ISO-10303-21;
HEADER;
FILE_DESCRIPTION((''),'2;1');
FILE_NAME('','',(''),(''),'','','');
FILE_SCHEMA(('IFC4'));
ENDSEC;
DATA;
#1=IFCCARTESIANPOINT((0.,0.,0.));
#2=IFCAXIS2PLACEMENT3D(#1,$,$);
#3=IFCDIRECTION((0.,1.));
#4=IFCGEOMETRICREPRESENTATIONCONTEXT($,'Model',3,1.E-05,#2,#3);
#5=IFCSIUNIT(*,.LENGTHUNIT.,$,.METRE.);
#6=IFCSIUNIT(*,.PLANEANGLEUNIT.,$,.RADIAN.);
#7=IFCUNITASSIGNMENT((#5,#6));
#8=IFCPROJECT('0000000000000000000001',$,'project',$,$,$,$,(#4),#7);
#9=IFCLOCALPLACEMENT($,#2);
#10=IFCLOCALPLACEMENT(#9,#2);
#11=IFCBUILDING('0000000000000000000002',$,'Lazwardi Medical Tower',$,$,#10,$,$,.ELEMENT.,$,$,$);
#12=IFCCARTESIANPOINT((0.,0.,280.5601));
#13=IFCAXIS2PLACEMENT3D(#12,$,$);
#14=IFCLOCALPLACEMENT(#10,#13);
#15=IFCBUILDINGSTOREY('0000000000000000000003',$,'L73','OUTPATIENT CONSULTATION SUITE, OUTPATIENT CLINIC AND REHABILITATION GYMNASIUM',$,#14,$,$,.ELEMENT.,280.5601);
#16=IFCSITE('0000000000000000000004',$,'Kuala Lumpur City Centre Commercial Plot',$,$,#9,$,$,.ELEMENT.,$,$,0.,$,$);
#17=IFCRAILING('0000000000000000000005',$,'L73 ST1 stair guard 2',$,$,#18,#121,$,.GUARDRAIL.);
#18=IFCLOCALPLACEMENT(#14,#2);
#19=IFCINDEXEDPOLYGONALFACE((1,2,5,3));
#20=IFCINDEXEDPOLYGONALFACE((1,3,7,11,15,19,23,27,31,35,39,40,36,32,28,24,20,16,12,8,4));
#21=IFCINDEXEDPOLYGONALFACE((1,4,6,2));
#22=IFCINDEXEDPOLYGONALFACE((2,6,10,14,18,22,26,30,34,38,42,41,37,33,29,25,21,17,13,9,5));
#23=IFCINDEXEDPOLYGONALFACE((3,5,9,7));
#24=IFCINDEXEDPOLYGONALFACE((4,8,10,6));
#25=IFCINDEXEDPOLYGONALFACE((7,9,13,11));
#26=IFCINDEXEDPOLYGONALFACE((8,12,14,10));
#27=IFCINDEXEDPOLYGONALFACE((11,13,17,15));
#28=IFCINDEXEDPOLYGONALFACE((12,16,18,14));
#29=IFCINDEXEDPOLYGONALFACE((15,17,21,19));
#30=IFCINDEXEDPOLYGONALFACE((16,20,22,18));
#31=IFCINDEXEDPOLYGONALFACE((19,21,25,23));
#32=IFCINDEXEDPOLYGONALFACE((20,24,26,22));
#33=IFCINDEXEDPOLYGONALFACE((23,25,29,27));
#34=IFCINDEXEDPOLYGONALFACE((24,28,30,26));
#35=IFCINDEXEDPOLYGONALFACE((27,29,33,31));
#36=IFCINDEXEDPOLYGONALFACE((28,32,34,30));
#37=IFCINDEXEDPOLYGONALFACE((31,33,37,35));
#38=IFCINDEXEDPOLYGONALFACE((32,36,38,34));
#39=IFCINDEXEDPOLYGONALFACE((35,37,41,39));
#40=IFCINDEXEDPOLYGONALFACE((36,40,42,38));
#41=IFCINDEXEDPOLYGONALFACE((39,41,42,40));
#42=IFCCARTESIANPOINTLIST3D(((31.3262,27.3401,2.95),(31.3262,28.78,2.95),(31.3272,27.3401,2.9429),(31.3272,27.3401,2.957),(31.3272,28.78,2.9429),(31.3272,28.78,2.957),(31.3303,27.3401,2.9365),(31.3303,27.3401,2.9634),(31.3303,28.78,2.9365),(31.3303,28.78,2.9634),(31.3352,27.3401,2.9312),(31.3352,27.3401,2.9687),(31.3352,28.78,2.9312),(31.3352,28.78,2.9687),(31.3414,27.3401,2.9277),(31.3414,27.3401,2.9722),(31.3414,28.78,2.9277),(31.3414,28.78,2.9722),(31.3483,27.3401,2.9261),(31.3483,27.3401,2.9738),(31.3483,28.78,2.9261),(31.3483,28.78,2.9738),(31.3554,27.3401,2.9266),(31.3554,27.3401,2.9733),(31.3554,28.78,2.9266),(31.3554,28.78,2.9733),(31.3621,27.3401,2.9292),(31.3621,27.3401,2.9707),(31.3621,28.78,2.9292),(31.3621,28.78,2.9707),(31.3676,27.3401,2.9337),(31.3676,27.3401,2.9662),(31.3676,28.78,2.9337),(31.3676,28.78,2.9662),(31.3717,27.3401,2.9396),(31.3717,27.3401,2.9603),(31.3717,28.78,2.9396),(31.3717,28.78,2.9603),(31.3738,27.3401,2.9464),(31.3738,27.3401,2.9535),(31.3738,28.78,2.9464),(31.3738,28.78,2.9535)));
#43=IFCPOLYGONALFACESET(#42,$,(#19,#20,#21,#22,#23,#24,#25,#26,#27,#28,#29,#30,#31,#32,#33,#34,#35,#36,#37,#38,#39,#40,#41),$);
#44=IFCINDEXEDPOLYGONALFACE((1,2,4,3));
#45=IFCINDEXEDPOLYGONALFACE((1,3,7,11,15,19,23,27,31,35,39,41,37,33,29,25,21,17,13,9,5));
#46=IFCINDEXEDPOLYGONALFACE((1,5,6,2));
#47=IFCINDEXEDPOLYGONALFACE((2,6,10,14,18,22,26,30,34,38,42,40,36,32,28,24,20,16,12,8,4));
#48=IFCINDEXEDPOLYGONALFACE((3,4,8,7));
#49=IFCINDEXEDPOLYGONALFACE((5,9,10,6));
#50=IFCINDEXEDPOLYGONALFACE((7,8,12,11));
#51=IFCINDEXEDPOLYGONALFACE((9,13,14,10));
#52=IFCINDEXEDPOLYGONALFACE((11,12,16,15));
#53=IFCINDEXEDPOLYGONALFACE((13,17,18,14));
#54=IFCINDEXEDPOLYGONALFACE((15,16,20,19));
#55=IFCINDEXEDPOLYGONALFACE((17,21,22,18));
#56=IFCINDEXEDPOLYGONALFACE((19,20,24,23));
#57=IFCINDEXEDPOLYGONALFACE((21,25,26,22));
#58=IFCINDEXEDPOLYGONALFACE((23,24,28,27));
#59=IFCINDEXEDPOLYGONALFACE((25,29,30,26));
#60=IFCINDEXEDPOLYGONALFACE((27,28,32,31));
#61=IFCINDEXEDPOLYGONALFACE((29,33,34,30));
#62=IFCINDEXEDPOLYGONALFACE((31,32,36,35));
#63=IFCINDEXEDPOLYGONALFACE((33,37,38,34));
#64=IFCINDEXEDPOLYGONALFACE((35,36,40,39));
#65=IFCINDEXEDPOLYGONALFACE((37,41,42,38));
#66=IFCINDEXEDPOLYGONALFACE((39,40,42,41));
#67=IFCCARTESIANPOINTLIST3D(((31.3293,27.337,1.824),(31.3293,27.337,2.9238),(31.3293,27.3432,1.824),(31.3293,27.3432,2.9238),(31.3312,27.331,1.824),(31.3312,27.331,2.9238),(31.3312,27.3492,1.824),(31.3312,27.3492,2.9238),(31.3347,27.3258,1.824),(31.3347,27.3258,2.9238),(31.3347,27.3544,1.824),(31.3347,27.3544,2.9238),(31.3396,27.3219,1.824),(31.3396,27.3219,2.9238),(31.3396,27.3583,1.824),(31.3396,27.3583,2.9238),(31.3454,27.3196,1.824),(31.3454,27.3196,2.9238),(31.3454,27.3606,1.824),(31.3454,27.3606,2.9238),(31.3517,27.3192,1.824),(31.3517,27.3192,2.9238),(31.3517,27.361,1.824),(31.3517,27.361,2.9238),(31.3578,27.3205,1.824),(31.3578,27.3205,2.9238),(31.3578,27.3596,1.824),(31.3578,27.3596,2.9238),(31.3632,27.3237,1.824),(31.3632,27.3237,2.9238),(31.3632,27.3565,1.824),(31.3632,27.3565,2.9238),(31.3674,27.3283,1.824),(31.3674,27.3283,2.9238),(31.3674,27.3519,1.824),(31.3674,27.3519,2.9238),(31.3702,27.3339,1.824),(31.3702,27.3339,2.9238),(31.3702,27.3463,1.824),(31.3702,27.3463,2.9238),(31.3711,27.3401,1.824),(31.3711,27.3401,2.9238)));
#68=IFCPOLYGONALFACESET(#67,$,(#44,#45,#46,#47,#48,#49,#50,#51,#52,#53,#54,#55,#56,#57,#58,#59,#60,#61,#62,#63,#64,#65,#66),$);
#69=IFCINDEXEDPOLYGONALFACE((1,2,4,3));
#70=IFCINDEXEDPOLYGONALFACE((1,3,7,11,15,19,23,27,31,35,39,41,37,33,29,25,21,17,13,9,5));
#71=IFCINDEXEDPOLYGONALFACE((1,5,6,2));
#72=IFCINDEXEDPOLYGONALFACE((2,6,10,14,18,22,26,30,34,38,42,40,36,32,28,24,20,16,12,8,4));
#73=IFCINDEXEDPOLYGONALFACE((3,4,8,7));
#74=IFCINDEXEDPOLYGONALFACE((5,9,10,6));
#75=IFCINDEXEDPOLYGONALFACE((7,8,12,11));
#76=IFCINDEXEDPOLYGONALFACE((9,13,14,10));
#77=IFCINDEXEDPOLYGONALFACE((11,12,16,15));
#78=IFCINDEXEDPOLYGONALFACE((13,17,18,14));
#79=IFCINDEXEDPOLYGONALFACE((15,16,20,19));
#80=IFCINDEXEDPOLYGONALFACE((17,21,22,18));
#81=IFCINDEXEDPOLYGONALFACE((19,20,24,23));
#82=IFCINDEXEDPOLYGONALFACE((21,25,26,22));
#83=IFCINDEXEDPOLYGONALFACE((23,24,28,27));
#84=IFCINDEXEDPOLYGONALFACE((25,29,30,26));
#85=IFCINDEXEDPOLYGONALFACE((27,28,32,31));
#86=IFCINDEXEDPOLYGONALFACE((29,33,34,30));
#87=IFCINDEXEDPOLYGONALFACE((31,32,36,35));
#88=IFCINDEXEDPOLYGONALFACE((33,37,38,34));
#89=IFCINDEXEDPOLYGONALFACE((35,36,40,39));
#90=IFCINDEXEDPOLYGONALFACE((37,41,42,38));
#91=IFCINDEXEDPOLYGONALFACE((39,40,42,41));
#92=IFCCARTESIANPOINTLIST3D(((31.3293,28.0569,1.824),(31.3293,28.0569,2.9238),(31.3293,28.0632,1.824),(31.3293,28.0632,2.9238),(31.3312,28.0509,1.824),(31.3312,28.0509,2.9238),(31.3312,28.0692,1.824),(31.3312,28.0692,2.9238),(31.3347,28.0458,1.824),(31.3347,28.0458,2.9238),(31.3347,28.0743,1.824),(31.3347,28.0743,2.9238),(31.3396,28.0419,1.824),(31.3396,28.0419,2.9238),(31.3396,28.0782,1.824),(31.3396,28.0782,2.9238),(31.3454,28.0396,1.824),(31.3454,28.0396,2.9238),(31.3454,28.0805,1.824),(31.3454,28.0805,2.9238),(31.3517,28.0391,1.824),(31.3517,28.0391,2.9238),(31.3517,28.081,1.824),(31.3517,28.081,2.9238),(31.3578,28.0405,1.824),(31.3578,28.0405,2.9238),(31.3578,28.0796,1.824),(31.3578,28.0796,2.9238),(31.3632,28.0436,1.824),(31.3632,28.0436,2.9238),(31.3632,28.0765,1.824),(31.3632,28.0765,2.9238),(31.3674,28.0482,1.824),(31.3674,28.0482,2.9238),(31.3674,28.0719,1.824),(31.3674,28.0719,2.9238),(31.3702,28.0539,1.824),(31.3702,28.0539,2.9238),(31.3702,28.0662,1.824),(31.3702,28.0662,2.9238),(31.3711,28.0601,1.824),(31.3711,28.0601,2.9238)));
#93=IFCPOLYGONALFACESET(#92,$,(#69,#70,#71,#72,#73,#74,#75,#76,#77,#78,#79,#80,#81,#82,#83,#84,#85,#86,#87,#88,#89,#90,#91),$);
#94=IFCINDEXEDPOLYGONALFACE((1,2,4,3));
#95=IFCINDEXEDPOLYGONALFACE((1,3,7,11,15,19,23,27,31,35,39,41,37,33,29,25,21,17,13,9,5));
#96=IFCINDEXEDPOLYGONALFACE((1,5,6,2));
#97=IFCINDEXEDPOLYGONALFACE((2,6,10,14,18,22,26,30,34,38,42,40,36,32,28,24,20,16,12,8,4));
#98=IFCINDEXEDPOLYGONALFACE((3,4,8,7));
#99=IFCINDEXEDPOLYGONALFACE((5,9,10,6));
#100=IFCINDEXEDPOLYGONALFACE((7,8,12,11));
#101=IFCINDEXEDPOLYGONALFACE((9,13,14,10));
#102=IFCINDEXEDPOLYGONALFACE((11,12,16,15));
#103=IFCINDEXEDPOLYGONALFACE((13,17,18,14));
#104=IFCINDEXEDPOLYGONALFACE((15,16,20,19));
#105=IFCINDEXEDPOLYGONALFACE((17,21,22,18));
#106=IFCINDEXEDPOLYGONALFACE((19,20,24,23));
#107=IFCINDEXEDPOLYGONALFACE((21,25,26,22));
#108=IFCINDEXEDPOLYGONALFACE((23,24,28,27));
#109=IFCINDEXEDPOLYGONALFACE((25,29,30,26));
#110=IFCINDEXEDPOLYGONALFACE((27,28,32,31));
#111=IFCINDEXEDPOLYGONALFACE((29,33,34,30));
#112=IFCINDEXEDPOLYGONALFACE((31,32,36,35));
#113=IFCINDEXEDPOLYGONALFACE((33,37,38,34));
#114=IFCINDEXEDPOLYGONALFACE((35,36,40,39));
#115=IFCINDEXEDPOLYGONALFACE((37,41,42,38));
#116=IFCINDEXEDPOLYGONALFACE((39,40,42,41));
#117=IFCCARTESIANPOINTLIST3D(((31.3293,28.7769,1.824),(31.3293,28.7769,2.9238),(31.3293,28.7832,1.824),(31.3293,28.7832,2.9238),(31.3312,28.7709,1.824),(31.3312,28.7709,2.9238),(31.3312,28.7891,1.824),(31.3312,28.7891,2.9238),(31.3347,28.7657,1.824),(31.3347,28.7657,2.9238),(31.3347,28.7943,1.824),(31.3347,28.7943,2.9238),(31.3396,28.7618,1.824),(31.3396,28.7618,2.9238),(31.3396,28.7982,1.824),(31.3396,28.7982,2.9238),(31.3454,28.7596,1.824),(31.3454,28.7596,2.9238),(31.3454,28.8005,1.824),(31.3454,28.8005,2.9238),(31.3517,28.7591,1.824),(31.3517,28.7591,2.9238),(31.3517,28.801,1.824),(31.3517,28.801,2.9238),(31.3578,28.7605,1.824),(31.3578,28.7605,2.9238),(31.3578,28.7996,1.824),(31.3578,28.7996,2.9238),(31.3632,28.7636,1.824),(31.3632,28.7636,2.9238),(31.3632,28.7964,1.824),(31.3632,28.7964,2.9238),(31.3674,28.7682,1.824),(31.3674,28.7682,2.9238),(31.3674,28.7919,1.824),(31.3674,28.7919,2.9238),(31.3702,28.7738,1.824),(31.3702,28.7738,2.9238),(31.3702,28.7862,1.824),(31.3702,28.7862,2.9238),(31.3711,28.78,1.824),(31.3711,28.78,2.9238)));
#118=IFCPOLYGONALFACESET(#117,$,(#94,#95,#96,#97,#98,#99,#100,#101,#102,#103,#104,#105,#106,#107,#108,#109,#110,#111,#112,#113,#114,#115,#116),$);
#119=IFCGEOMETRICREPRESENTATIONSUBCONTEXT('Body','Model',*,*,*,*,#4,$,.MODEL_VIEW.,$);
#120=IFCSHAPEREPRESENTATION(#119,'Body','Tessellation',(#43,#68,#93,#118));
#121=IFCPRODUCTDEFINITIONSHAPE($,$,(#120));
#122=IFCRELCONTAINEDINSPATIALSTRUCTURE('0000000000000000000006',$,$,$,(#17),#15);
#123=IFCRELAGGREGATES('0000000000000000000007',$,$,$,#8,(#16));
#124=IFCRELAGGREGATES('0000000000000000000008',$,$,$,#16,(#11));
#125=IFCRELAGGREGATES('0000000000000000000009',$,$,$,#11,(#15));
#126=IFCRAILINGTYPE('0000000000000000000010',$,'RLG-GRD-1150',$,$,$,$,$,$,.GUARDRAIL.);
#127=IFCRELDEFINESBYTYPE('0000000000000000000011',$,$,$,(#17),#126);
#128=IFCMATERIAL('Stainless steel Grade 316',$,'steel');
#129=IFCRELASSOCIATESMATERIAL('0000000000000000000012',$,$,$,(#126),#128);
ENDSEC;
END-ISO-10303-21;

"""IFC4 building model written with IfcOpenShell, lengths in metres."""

from ifc_helpers import new_model, si_unit, direction, frame, origin, origin_2d, place, context, subcontext, project, spatial, circle, extrude, material, type_object, element, save


model = new_model("IFC4")

# Units and contexts
model_context = context("Model", 3, precision=1e-05, world=origin(), true_north=direction((0.0, 1.0)))
body_context = subcontext(model_context, "Body", "Model", "MODEL_VIEW")
ifc_project = project(units=[si_unit("LENGTHUNIT", "METRE"), si_unit("PLANEANGLEUNIT", "RADIAN")], contexts=[model_context])

# Site, building, storey
site_placement = place(None, origin())
site = spatial("IfcSite", under=ifc_project, at=site_placement, Name="Kuala Lumpur City Centre Commercial Plot", CompositionType="ELEMENT", RefElevation=0.0)
building_placement = place(site_placement, origin())
building = spatial("IfcBuilding", under=site, at=building_placement, Name="Lazwardi Medical Tower", CompositionType="ELEMENT")
storey_placement = place(building_placement, frame((0.0, 0.0, 280.5601)))
storey = spatial("IfcBuildingStorey", under=building, at=storey_placement, Name="L73", Description="OUTPATIENT CONSULTATION SUITE, OUTPATIENT CLINIC AND REHABILITATION GYMNASIUM", CompositionType="ELEMENT", Elevation=280.5601)

# Railing
ifc_material_1 = material(Name="Stainless steel Grade 316", Category="steel")
railing_type_1 = type_object("IfcRailingType", Name="RLG-GRD-1150", PredefinedType="GUARDRAIL", material=ifc_material_1)
railing_1_placement = place(storey_placement, frame((31.3501, 27.3401, 1.824)))
element("IfcRailing", 1, at=railing_1_placement, inside=storey, type_object=railing_type_1, Name="L73 ST1 stair guard 2", PredefinedType="GUARDRAIL", context=body_context, shape_type="SweptSolid", body=[
    extrude(circle(Radius=0.0239, at=origin_2d()), frame((0.0, 0.0, 1.126), z_axis=(0.0, 1.0, 0.0), x_axis=(-1.0, 0.0, 0.0)), (0.0, 0.0, 1.0), 1.4399),
    extrude(circle(Radius=0.021, at=origin_2d()), origin(), (0.0, 0.0, 1.0), 1.0999),
    extrude(circle(Radius=0.021, at=origin_2d()), frame((0.0, 0.72, 0.0)), (0.0, 0.0, 1.0), 1.0999),
    extrude(circle(Radius=0.021, at=origin_2d()), frame((0.0, 1.4399, 0.0)), (0.0, 0.0, 1.0), 1.0999),
])

save(model, "model.ifc")
